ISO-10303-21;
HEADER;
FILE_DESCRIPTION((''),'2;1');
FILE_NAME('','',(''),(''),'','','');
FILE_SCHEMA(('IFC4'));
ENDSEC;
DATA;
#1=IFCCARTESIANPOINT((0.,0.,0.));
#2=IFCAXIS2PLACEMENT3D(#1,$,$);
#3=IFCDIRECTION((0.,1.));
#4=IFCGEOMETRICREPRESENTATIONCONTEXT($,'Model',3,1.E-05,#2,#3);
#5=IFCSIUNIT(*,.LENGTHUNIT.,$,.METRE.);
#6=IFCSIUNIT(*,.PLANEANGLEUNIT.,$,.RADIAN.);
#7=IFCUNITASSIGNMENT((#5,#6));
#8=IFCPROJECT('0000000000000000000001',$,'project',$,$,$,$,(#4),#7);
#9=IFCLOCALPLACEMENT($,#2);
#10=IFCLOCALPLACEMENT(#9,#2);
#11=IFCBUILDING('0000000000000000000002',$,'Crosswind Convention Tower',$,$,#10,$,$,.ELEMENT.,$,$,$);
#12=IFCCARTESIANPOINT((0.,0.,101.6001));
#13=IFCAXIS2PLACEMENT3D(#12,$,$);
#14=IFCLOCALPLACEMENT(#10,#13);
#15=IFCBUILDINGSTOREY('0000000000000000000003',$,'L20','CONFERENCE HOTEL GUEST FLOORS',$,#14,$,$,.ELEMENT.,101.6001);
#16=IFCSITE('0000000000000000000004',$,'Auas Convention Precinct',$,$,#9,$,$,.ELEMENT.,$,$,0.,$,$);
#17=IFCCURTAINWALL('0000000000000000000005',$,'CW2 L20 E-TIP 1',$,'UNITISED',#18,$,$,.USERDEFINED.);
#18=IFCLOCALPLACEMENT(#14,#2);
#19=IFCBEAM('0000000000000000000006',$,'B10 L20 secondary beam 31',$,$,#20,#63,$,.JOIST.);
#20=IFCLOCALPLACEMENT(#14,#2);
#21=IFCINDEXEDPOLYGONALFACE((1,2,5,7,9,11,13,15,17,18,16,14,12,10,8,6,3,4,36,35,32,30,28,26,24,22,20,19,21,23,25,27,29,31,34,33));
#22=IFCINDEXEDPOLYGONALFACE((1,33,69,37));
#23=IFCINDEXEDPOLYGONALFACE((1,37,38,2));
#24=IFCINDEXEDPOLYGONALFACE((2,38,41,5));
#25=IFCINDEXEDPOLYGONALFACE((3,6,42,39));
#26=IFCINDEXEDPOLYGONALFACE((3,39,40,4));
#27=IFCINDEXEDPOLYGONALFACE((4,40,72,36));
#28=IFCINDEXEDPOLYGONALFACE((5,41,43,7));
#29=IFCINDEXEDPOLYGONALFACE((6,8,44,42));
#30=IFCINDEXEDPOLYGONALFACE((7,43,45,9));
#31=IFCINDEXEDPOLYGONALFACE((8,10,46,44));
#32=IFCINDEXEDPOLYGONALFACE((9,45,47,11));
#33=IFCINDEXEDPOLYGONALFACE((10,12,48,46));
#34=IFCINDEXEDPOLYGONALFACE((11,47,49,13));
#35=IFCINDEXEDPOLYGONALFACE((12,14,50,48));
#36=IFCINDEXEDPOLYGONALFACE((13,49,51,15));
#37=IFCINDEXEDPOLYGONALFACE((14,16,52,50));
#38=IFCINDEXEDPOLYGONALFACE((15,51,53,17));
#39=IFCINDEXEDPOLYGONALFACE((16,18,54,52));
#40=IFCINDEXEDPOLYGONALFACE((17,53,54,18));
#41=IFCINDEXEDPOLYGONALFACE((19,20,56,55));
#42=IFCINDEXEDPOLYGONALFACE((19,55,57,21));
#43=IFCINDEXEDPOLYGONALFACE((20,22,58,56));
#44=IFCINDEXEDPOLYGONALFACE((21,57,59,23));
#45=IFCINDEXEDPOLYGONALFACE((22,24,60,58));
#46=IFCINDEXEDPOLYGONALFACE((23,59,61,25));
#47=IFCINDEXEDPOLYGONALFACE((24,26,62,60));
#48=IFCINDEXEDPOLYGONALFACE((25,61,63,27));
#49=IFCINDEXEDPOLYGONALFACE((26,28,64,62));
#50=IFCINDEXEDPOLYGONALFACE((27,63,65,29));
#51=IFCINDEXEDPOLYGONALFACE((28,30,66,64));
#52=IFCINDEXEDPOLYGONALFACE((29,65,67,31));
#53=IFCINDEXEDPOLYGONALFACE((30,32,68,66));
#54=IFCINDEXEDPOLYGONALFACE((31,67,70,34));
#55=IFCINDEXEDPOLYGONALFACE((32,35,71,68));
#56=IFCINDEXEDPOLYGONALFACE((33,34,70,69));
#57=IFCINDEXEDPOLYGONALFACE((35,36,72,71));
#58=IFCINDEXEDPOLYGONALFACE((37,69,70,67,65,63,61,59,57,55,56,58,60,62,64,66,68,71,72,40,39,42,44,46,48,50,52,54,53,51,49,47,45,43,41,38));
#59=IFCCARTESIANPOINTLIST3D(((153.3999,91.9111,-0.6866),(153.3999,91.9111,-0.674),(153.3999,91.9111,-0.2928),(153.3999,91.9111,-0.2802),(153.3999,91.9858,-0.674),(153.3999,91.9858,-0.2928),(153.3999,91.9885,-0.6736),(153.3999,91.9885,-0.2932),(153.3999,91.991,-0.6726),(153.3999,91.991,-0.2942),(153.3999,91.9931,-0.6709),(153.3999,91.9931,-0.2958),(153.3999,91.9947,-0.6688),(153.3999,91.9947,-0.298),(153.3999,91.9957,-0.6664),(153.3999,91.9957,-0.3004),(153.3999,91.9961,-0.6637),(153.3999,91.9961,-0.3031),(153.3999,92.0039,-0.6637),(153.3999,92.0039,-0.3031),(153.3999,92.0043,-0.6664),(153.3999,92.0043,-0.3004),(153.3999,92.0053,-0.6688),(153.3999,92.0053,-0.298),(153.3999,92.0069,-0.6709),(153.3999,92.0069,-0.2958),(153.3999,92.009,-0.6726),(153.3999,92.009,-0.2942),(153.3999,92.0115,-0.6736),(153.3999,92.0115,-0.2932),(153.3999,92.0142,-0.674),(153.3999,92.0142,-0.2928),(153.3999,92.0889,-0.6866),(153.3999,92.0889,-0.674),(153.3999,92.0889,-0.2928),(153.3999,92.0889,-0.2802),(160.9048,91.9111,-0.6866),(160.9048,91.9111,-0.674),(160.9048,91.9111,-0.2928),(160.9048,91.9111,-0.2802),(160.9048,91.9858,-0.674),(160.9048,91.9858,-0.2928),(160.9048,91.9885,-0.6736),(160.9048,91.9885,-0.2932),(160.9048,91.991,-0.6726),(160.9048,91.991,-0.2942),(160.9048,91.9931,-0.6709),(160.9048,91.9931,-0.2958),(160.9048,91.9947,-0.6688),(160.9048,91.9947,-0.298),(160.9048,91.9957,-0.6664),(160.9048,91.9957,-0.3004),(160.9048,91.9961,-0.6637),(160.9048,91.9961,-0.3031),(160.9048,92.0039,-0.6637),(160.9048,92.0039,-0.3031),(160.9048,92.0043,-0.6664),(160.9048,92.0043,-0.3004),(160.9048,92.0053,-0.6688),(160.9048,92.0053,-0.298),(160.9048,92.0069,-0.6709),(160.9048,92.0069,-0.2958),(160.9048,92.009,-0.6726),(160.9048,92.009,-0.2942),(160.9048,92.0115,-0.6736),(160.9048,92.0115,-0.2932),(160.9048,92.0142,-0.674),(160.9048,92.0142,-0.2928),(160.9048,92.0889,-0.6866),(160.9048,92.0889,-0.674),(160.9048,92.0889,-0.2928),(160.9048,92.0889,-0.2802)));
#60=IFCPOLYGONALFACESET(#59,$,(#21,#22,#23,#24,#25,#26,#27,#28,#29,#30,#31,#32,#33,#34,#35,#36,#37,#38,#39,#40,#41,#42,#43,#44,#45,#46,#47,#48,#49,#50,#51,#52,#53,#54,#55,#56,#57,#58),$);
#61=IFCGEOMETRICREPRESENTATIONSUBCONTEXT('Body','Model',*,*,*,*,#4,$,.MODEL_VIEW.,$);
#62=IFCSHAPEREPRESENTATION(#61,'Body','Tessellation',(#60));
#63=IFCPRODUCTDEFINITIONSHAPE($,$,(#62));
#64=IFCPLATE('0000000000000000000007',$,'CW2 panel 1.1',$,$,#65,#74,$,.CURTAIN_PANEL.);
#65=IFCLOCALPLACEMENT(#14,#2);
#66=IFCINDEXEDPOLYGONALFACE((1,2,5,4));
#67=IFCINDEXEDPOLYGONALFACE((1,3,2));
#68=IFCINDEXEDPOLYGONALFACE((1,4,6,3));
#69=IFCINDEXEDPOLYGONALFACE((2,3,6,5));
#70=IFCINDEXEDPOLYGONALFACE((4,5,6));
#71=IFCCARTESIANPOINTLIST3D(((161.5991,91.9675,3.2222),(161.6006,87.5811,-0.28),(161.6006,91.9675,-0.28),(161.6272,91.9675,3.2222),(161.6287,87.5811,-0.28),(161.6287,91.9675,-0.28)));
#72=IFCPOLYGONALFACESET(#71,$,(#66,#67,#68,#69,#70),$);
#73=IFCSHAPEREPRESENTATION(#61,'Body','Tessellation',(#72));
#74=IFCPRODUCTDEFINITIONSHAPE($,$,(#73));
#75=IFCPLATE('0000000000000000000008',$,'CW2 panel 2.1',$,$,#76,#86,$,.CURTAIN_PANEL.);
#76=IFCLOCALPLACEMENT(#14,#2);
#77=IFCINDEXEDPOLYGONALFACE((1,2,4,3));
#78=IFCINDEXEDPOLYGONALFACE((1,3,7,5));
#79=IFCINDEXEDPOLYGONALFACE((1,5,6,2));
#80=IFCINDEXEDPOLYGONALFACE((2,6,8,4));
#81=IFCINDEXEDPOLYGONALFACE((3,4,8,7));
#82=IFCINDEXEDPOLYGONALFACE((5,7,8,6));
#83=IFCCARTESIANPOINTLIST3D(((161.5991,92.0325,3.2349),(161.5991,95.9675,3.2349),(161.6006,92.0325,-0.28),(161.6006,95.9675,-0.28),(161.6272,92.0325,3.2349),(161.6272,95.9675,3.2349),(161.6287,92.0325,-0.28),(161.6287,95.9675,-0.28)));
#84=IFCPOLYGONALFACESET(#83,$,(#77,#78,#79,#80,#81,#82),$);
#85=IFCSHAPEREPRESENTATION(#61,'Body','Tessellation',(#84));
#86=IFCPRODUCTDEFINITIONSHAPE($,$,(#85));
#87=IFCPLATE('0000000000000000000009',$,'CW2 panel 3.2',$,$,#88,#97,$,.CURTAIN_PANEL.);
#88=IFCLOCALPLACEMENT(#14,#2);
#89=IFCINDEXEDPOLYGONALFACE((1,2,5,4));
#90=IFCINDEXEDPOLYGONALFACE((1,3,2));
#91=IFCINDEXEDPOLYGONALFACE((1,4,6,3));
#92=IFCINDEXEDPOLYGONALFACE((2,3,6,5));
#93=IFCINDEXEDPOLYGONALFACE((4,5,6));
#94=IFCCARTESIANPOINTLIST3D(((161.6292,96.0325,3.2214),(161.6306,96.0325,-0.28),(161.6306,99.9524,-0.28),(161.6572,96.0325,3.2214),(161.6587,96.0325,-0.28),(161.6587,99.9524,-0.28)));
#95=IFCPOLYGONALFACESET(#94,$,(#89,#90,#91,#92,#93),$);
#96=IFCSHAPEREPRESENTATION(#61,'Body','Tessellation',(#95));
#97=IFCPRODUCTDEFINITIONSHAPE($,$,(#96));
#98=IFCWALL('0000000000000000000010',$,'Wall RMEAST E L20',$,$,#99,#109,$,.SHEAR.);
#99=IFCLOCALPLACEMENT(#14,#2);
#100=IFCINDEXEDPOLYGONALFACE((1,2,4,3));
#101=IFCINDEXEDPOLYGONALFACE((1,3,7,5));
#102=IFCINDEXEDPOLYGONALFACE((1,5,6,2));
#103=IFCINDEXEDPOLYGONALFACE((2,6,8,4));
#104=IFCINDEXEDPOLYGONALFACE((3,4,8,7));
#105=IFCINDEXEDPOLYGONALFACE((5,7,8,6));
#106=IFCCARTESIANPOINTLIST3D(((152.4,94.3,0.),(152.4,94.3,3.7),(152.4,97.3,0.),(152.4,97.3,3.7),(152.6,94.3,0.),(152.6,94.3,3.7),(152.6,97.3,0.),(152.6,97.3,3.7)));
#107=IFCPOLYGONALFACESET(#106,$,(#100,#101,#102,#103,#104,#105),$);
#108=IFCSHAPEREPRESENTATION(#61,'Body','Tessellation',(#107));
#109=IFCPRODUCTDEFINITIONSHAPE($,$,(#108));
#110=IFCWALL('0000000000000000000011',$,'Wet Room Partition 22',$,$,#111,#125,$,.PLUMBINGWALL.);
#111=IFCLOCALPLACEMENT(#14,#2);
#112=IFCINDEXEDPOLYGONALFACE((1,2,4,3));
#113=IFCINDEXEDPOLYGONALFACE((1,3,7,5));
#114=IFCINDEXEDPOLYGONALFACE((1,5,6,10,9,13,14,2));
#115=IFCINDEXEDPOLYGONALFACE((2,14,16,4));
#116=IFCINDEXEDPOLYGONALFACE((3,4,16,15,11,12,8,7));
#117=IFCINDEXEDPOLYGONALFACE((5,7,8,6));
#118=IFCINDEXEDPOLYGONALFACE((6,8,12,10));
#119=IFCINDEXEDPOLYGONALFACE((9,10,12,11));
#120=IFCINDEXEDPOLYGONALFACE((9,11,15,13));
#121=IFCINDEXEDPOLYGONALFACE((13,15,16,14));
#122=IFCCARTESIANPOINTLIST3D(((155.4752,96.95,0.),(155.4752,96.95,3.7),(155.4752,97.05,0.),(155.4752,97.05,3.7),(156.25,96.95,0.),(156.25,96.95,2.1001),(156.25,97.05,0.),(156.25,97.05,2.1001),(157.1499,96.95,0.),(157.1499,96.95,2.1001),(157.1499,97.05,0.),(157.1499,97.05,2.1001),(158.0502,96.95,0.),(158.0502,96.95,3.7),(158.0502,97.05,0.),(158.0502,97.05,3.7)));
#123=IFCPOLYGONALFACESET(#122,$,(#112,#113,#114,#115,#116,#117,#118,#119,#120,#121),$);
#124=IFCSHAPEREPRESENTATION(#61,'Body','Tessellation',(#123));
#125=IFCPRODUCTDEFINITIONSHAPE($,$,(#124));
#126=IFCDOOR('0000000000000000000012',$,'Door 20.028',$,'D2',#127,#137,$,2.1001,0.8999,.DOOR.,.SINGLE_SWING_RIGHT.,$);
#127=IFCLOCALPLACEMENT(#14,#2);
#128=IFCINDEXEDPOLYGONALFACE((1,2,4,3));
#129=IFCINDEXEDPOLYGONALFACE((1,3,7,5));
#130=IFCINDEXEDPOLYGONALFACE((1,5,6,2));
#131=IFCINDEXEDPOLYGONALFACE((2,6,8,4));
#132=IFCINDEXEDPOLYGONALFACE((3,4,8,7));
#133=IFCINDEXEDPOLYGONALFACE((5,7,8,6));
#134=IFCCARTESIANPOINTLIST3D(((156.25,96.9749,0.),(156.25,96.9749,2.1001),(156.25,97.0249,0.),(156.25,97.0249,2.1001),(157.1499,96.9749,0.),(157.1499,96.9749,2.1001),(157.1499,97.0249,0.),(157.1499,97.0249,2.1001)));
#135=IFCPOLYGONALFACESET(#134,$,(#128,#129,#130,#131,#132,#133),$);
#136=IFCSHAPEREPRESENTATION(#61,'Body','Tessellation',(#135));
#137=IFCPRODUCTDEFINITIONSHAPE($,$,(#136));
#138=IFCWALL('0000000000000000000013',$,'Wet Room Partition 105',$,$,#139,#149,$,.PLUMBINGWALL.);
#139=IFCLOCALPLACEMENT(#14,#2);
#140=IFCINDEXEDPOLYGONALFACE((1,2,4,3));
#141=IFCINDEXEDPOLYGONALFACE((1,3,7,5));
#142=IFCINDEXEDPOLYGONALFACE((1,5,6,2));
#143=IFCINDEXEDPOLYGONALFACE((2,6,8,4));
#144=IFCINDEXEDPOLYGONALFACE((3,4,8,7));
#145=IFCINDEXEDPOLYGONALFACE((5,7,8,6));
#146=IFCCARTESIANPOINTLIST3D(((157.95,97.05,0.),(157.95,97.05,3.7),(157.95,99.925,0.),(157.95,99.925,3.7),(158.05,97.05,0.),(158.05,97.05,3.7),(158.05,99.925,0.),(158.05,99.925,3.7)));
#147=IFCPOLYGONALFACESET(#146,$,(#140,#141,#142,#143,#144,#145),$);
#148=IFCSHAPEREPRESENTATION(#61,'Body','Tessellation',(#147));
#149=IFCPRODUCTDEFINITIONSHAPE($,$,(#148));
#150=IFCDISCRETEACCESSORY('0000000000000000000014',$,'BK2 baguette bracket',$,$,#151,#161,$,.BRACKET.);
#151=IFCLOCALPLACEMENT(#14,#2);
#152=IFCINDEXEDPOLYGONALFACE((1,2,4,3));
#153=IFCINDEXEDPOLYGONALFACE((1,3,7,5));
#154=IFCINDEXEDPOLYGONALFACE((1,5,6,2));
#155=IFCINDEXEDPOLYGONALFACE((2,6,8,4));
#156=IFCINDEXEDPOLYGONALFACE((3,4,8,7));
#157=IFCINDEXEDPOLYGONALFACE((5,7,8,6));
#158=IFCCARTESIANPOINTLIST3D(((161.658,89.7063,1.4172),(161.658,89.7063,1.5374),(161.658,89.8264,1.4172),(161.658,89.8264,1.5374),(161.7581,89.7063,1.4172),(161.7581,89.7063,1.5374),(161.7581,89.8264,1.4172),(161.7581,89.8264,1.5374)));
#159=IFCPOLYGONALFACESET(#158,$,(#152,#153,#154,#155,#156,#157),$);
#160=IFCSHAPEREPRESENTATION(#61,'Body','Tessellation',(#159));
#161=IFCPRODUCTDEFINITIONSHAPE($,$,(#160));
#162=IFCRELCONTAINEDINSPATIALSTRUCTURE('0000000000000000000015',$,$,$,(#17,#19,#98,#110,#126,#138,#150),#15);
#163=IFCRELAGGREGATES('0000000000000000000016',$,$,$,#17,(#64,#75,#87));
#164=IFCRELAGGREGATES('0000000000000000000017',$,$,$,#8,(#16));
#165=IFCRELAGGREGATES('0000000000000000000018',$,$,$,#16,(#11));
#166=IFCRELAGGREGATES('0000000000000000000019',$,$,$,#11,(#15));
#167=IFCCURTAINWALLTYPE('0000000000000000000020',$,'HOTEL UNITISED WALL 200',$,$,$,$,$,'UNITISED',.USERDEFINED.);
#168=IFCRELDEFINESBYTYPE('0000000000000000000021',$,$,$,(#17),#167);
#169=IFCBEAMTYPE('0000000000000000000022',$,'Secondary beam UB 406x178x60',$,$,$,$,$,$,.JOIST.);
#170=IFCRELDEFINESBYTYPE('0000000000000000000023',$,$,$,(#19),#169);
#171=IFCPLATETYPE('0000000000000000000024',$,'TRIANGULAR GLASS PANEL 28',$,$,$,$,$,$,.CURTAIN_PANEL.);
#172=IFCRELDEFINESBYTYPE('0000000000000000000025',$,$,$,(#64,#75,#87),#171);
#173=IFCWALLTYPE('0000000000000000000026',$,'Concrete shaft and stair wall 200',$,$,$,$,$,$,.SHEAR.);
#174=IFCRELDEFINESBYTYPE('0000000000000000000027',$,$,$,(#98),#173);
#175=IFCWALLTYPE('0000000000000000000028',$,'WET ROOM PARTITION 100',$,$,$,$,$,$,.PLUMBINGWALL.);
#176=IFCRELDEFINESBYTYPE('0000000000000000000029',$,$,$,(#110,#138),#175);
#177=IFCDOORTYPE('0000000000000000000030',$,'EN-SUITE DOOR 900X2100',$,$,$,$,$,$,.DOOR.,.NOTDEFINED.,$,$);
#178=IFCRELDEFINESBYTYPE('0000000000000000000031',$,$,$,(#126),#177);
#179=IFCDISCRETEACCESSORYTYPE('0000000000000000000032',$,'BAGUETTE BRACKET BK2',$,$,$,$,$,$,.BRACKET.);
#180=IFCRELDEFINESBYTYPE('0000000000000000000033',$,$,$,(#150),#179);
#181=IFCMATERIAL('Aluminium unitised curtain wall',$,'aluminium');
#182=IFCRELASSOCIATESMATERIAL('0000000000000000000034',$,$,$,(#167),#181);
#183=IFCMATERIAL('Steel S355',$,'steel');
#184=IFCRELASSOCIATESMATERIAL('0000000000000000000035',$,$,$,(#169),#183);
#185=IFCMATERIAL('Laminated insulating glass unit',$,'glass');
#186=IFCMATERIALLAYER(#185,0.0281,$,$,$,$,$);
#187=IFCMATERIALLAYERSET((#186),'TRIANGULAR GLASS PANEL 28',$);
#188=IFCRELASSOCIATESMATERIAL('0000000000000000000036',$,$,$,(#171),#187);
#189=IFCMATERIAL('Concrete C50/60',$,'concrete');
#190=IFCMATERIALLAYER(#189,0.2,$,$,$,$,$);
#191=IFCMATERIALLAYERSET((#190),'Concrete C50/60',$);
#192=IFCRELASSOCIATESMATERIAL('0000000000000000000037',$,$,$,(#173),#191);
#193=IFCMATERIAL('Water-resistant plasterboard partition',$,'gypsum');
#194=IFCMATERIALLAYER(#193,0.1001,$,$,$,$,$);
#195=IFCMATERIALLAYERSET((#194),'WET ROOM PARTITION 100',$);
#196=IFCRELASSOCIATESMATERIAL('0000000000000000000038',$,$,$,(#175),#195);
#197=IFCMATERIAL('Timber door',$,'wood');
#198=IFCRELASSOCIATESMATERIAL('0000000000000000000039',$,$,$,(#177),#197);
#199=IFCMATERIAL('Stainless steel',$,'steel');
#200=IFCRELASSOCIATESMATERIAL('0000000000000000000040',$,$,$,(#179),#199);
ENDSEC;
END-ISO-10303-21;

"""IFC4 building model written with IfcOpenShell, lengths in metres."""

from ifc_helpers import new_model, si_unit, direction, frame, frame_2d, origin, origin_2d, place, context, subcontext, project, spatial, polyline, rectangle, i_section, outline, extrude, material, layer, layer_set, material_profile, profile_set, type_object, element, fill, aggregate, save


model = new_model("IFC4")

# Units and contexts
model_context = context("Model", 3, precision=1e-05, world=origin(), true_north=direction((0.0, 1.0)))
body_context = subcontext(model_context, "Body", "Model", "MODEL_VIEW")
ifc_project = project(units=[si_unit("LENGTHUNIT", "METRE"), si_unit("PLANEANGLEUNIT", "RADIAN")], contexts=[model_context])

# Site, building, storey
site_placement = place(None, origin())
site = spatial("IfcSite", under=ifc_project, at=site_placement, Name="Auas Convention Precinct", CompositionType="ELEMENT", RefElevation=0.0)
building_placement = place(site_placement, origin())
building = spatial("IfcBuilding", under=site, at=building_placement, Name="Crosswind Convention Tower", CompositionType="ELEMENT")
storey_placement = place(building_placement, frame((0.0, 0.0, 101.6001)))
storey = spatial("IfcBuildingStorey", under=building, at=storey_placement, Name="L20", Description="CONFERENCE HOTEL GUEST FLOORS", CompositionType="ELEMENT", Elevation=101.6001)

# Shared definitions
ifc_material_1 = material(Name="Steel S355", Category="steel")

# Curtain wall
ifc_material_2 = material(Name="Aluminium unitised curtain wall", Category="aluminium")
curtain_wall_type = type_object("IfcCurtainWallType", Name="HOTEL UNITISED WALL 200", ElementType="UNITISED", PredefinedType="USERDEFINED", material=ifc_material_2)
curtain_wall_placement = place(storey_placement, origin())
curtain_wall = element("IfcCurtainWall", 1, at=curtain_wall_placement, inside=storey, type_object=curtain_wall_type, Name="CW2 L20 E-TIP 1", ObjectType="UNITISED", PredefinedType="USERDEFINED")

# Beam
ifc_material_profile_1 = material_profile(ifc_material_1, i_section(OverallWidth=0.1777, OverallDepth=0.4065, WebThickness=0.0078, FlangeThickness=0.0127, FilletRadius=0.0103, at=origin_2d()), Name="UB 406x178x60")
ifc_profile_set_1 = profile_set([ifc_material_profile_1], Name="Steel S355")
beam_type_1 = type_object("IfcBeamType", Name="Secondary beam UB 406x178x60", PredefinedType="JOIST", material=ifc_profile_set_1)
beam_1_placement = place(storey_placement, frame((153.3999, 92.0, -0.4834), z_axis=(1.0, 0.0, 0.0), x_axis=(0.0, 1.0, 0.0)))
element("IfcBeam", 2, at=beam_1_placement, inside=storey, type_object=beam_type_1, Name="B10 L20 secondary beam 31", PredefinedType="JOIST", context=body_context, shape_type="SweptSolid", body=[
    extrude(i_section(OverallWidth=0.1777, OverallDepth=0.4065, WebThickness=0.0078, FlangeThickness=0.0127, FilletRadius=0.0103, at=origin_2d()), origin(), (0.0, 0.0, 1.0), 7.5049),
])

# Plates
ifc_material_3 = material(Name="Laminated insulating glass unit", Category="glass")
ifc_layer_1 = layer(ifc_material_3, 0.0281)
ifc_layer_set_1 = layer_set([ifc_layer_1], Name="TRIANGULAR GLASS PANEL 28")
plate_type = type_object("IfcPlateType", Name="TRIANGULAR GLASS PANEL 28", PredefinedType="CURTAIN_PANEL", material=ifc_layer_set_1)
plate_1_placement = place(storey_placement, frame((161.6287, 91.9675, -0.28), z_axis=(1.0, 0.0, 0.000418), x_axis=(-0.000418, 0.0, 1.0)))
plate_1 = element("IfcPlate", 3, at=plate_1_placement, type_object=plate_type, Name="CW2 panel 1.1", PredefinedType="CURTAIN_PANEL", context=body_context, shape_type="SweptSolid", body=[
    extrude(outline(polyline([(0.0, 0.0), (3.5022, 0.0), (0.0, 4.3865), (0.0, 0.0)])), origin(), (0.0, 0.0, -1.0), 0.0281),
])
plate_2_placement = place(storey_placement, frame((161.6287, 92.0325, -0.28), z_axis=(1.0, 0.0, 0.000417), x_axis=(0.0, 1.0, 0.0)))
plate_2 = element("IfcPlate", 4, at=plate_2_placement, type_object=plate_type, Name="CW2 panel 2.1", PredefinedType="CURTAIN_PANEL", context=body_context, shape_type="SweptSolid", body=[
    extrude(outline(polyline([(0.0, 0.0), (3.9351, 0.0), (3.9351, 3.5149), (0.0, 3.5149), (0.0, 0.0)])), origin(), (0.0, 0.0, -1.0), 0.0281),
])
plate_3_placement = place(storey_placement, frame((161.6587, 96.0325, -0.28), z_axis=(1.0, 0.0, 0.000418), x_axis=(0.0, 1.0, 0.0)))
plate_3 = element("IfcPlate", 5, at=plate_3_placement, type_object=plate_type, Name="CW2 panel 3.2", PredefinedType="CURTAIN_PANEL", context=body_context, shape_type="SweptSolid", body=[
    extrude(outline(polyline([(0.0, 0.0), (3.9199, 0.0), (0.0, 3.5015), (0.0, 0.0)])), origin(), (0.0, 0.0, -1.0), 0.0281),
])
aggregate(curtain_wall, [plate_1, plate_2, plate_3])

# Wall
ifc_material_4 = material(Name="Concrete C50/60", Category="concrete")
ifc_layer_2 = layer(ifc_material_4, 0.2)
ifc_layer_set_2 = layer_set([ifc_layer_2], Name="Concrete C50/60")
wall_type_1 = type_object("IfcWallType", Name="Concrete shaft and stair wall 200", PredefinedType="SHEAR", material=ifc_layer_set_2)
wall_1_placement = place(storey_placement, frame((152.5, 94.3, 0.0), z_axis=(0.0, 0.0, 1.0), x_axis=(0.0, 1.0, 0.0)))
element("IfcWall", 6, at=wall_1_placement, inside=storey, type_object=wall_type_1, Name="Wall RMEAST E L20", PredefinedType="SHEAR", context=body_context, shape_type="SweptSolid", body=[
    extrude(rectangle(XDim=3.0, YDim=0.2, at=frame_2d((1.5, 0.0))), origin(), (0.0, 0.0, 1.0), 3.7),
])

# Wall, opening, door
ifc_material_5 = material(Name="Water-resistant plasterboard partition", Category="gypsum")
ifc_layer_3 = layer(ifc_material_5, 0.1001)
ifc_layer_set_3 = layer_set([ifc_layer_3], Name="WET ROOM PARTITION 100")
wall_type_2 = type_object("IfcWallType", Name="WET ROOM PARTITION 100", PredefinedType="PLUMBINGWALL", material=ifc_layer_set_3)
wall_2_placement = place(storey_placement, frame((155.4751, 97.0, 0.0), z_axis=(0.0, 0.0, 1.0), x_axis=(1.0, 0.0, 0.0)))
wall_2 = element("IfcWall", 7, at=wall_2_placement, inside=storey, type_object=wall_type_2, Name="Wet Room Partition 22", PredefinedType="PLUMBINGWALL", context=body_context, shape_type="SweptSolid", body=[
    extrude(rectangle(XDim=2.575, YDim=0.1001, at=frame_2d((1.2876, 0.0))), origin(), (0.0, 0.0, 1.0), 3.7),
])
opening_1_placement = place(wall_2_placement, frame((0.7749, 0.0, 0.0)))
opening_1 = element("IfcOpeningElement", 8, at=opening_1_placement, cuts=wall_2, PredefinedType="OPENING", context=body_context, shape_type="SweptSolid", body=[
    extrude(rectangle(XDim=0.8999, YDim=2.1001, at=frame_2d((0.45, 1.05))), frame((0.0, 0.0601, 0.0), z_axis=(0.0, -1.0, 0.0), x_axis=(1.0, 0.0, 0.0)), (0.0, 0.0, 1.0), 0.1201),
])
ifc_material_6 = material(Name="Timber door", Category="wood")
door_type_1 = type_object("IfcDoorType", Name="EN-SUITE DOOR 900X2100", OperationType="NOTDEFINED", PredefinedType="DOOR", material=ifc_material_6)
door_1_placement = place(opening_1_placement, origin())
door_1 = element("IfcDoor", 9, at=door_1_placement, inside=storey, type_object=door_type_1, Name="Door 20.028", ObjectType="D2", OperationType="SINGLE_SWING_RIGHT", OverallHeight=2.1001, OverallWidth=0.8999, PredefinedType="DOOR", context=body_context, shape_type="SweptSolid", body=[
    extrude(rectangle(XDim=0.8999, YDim=2.1001, at=frame_2d((0.45, 1.05))), frame((0.0, 0.0249, 0.0), z_axis=(0.0, -1.0, 0.0), x_axis=(1.0, 0.0, 0.0)), (0.0, 0.0, 1.0), 0.05),
])
fill(opening_1, door_1)

# Wall
wall_3_placement = place(storey_placement, frame((158.0, 97.05, 0.0), z_axis=(0.0, 0.0, 1.0), x_axis=(0.0, 1.0, 0.0)))
element("IfcWall", 10, at=wall_3_placement, inside=storey, type_object=wall_type_2, Name="Wet Room Partition 105", PredefinedType="PLUMBINGWALL", context=body_context, shape_type="SweptSolid", body=[
    extrude(rectangle(XDim=2.875, YDim=0.1001, at=frame_2d((1.4375, 0.0))), origin(), (0.0, 0.0, 1.0), 3.7),
])

# Discrete accessory
ifc_material_7 = material(Name="Stainless steel", Category="steel")
discrete_accessory_type = type_object("IfcDiscreteAccessoryType", Name="BAGUETTE BRACKET BK2", PredefinedType="BRACKET", material=ifc_material_7)
discrete_accessory_placement = place(storey_placement, frame((161.708, 89.7664, 1.4172), z_axis=(0.0, 0.0, 1.0), x_axis=(0.0, 1.0, 0.0)))
element("IfcDiscreteAccessory", 11, at=discrete_accessory_placement, inside=storey, type_object=discrete_accessory_type, Name="BK2 baguette bracket", PredefinedType="BRACKET", context=body_context, shape_type="SweptSolid", body=[
    extrude(rectangle(XDim=0.1201, YDim=0.1001, at=origin_2d()), origin(), (0.0, 0.0, 1.0), 0.1201),
])

save(model, "model.ifc")
